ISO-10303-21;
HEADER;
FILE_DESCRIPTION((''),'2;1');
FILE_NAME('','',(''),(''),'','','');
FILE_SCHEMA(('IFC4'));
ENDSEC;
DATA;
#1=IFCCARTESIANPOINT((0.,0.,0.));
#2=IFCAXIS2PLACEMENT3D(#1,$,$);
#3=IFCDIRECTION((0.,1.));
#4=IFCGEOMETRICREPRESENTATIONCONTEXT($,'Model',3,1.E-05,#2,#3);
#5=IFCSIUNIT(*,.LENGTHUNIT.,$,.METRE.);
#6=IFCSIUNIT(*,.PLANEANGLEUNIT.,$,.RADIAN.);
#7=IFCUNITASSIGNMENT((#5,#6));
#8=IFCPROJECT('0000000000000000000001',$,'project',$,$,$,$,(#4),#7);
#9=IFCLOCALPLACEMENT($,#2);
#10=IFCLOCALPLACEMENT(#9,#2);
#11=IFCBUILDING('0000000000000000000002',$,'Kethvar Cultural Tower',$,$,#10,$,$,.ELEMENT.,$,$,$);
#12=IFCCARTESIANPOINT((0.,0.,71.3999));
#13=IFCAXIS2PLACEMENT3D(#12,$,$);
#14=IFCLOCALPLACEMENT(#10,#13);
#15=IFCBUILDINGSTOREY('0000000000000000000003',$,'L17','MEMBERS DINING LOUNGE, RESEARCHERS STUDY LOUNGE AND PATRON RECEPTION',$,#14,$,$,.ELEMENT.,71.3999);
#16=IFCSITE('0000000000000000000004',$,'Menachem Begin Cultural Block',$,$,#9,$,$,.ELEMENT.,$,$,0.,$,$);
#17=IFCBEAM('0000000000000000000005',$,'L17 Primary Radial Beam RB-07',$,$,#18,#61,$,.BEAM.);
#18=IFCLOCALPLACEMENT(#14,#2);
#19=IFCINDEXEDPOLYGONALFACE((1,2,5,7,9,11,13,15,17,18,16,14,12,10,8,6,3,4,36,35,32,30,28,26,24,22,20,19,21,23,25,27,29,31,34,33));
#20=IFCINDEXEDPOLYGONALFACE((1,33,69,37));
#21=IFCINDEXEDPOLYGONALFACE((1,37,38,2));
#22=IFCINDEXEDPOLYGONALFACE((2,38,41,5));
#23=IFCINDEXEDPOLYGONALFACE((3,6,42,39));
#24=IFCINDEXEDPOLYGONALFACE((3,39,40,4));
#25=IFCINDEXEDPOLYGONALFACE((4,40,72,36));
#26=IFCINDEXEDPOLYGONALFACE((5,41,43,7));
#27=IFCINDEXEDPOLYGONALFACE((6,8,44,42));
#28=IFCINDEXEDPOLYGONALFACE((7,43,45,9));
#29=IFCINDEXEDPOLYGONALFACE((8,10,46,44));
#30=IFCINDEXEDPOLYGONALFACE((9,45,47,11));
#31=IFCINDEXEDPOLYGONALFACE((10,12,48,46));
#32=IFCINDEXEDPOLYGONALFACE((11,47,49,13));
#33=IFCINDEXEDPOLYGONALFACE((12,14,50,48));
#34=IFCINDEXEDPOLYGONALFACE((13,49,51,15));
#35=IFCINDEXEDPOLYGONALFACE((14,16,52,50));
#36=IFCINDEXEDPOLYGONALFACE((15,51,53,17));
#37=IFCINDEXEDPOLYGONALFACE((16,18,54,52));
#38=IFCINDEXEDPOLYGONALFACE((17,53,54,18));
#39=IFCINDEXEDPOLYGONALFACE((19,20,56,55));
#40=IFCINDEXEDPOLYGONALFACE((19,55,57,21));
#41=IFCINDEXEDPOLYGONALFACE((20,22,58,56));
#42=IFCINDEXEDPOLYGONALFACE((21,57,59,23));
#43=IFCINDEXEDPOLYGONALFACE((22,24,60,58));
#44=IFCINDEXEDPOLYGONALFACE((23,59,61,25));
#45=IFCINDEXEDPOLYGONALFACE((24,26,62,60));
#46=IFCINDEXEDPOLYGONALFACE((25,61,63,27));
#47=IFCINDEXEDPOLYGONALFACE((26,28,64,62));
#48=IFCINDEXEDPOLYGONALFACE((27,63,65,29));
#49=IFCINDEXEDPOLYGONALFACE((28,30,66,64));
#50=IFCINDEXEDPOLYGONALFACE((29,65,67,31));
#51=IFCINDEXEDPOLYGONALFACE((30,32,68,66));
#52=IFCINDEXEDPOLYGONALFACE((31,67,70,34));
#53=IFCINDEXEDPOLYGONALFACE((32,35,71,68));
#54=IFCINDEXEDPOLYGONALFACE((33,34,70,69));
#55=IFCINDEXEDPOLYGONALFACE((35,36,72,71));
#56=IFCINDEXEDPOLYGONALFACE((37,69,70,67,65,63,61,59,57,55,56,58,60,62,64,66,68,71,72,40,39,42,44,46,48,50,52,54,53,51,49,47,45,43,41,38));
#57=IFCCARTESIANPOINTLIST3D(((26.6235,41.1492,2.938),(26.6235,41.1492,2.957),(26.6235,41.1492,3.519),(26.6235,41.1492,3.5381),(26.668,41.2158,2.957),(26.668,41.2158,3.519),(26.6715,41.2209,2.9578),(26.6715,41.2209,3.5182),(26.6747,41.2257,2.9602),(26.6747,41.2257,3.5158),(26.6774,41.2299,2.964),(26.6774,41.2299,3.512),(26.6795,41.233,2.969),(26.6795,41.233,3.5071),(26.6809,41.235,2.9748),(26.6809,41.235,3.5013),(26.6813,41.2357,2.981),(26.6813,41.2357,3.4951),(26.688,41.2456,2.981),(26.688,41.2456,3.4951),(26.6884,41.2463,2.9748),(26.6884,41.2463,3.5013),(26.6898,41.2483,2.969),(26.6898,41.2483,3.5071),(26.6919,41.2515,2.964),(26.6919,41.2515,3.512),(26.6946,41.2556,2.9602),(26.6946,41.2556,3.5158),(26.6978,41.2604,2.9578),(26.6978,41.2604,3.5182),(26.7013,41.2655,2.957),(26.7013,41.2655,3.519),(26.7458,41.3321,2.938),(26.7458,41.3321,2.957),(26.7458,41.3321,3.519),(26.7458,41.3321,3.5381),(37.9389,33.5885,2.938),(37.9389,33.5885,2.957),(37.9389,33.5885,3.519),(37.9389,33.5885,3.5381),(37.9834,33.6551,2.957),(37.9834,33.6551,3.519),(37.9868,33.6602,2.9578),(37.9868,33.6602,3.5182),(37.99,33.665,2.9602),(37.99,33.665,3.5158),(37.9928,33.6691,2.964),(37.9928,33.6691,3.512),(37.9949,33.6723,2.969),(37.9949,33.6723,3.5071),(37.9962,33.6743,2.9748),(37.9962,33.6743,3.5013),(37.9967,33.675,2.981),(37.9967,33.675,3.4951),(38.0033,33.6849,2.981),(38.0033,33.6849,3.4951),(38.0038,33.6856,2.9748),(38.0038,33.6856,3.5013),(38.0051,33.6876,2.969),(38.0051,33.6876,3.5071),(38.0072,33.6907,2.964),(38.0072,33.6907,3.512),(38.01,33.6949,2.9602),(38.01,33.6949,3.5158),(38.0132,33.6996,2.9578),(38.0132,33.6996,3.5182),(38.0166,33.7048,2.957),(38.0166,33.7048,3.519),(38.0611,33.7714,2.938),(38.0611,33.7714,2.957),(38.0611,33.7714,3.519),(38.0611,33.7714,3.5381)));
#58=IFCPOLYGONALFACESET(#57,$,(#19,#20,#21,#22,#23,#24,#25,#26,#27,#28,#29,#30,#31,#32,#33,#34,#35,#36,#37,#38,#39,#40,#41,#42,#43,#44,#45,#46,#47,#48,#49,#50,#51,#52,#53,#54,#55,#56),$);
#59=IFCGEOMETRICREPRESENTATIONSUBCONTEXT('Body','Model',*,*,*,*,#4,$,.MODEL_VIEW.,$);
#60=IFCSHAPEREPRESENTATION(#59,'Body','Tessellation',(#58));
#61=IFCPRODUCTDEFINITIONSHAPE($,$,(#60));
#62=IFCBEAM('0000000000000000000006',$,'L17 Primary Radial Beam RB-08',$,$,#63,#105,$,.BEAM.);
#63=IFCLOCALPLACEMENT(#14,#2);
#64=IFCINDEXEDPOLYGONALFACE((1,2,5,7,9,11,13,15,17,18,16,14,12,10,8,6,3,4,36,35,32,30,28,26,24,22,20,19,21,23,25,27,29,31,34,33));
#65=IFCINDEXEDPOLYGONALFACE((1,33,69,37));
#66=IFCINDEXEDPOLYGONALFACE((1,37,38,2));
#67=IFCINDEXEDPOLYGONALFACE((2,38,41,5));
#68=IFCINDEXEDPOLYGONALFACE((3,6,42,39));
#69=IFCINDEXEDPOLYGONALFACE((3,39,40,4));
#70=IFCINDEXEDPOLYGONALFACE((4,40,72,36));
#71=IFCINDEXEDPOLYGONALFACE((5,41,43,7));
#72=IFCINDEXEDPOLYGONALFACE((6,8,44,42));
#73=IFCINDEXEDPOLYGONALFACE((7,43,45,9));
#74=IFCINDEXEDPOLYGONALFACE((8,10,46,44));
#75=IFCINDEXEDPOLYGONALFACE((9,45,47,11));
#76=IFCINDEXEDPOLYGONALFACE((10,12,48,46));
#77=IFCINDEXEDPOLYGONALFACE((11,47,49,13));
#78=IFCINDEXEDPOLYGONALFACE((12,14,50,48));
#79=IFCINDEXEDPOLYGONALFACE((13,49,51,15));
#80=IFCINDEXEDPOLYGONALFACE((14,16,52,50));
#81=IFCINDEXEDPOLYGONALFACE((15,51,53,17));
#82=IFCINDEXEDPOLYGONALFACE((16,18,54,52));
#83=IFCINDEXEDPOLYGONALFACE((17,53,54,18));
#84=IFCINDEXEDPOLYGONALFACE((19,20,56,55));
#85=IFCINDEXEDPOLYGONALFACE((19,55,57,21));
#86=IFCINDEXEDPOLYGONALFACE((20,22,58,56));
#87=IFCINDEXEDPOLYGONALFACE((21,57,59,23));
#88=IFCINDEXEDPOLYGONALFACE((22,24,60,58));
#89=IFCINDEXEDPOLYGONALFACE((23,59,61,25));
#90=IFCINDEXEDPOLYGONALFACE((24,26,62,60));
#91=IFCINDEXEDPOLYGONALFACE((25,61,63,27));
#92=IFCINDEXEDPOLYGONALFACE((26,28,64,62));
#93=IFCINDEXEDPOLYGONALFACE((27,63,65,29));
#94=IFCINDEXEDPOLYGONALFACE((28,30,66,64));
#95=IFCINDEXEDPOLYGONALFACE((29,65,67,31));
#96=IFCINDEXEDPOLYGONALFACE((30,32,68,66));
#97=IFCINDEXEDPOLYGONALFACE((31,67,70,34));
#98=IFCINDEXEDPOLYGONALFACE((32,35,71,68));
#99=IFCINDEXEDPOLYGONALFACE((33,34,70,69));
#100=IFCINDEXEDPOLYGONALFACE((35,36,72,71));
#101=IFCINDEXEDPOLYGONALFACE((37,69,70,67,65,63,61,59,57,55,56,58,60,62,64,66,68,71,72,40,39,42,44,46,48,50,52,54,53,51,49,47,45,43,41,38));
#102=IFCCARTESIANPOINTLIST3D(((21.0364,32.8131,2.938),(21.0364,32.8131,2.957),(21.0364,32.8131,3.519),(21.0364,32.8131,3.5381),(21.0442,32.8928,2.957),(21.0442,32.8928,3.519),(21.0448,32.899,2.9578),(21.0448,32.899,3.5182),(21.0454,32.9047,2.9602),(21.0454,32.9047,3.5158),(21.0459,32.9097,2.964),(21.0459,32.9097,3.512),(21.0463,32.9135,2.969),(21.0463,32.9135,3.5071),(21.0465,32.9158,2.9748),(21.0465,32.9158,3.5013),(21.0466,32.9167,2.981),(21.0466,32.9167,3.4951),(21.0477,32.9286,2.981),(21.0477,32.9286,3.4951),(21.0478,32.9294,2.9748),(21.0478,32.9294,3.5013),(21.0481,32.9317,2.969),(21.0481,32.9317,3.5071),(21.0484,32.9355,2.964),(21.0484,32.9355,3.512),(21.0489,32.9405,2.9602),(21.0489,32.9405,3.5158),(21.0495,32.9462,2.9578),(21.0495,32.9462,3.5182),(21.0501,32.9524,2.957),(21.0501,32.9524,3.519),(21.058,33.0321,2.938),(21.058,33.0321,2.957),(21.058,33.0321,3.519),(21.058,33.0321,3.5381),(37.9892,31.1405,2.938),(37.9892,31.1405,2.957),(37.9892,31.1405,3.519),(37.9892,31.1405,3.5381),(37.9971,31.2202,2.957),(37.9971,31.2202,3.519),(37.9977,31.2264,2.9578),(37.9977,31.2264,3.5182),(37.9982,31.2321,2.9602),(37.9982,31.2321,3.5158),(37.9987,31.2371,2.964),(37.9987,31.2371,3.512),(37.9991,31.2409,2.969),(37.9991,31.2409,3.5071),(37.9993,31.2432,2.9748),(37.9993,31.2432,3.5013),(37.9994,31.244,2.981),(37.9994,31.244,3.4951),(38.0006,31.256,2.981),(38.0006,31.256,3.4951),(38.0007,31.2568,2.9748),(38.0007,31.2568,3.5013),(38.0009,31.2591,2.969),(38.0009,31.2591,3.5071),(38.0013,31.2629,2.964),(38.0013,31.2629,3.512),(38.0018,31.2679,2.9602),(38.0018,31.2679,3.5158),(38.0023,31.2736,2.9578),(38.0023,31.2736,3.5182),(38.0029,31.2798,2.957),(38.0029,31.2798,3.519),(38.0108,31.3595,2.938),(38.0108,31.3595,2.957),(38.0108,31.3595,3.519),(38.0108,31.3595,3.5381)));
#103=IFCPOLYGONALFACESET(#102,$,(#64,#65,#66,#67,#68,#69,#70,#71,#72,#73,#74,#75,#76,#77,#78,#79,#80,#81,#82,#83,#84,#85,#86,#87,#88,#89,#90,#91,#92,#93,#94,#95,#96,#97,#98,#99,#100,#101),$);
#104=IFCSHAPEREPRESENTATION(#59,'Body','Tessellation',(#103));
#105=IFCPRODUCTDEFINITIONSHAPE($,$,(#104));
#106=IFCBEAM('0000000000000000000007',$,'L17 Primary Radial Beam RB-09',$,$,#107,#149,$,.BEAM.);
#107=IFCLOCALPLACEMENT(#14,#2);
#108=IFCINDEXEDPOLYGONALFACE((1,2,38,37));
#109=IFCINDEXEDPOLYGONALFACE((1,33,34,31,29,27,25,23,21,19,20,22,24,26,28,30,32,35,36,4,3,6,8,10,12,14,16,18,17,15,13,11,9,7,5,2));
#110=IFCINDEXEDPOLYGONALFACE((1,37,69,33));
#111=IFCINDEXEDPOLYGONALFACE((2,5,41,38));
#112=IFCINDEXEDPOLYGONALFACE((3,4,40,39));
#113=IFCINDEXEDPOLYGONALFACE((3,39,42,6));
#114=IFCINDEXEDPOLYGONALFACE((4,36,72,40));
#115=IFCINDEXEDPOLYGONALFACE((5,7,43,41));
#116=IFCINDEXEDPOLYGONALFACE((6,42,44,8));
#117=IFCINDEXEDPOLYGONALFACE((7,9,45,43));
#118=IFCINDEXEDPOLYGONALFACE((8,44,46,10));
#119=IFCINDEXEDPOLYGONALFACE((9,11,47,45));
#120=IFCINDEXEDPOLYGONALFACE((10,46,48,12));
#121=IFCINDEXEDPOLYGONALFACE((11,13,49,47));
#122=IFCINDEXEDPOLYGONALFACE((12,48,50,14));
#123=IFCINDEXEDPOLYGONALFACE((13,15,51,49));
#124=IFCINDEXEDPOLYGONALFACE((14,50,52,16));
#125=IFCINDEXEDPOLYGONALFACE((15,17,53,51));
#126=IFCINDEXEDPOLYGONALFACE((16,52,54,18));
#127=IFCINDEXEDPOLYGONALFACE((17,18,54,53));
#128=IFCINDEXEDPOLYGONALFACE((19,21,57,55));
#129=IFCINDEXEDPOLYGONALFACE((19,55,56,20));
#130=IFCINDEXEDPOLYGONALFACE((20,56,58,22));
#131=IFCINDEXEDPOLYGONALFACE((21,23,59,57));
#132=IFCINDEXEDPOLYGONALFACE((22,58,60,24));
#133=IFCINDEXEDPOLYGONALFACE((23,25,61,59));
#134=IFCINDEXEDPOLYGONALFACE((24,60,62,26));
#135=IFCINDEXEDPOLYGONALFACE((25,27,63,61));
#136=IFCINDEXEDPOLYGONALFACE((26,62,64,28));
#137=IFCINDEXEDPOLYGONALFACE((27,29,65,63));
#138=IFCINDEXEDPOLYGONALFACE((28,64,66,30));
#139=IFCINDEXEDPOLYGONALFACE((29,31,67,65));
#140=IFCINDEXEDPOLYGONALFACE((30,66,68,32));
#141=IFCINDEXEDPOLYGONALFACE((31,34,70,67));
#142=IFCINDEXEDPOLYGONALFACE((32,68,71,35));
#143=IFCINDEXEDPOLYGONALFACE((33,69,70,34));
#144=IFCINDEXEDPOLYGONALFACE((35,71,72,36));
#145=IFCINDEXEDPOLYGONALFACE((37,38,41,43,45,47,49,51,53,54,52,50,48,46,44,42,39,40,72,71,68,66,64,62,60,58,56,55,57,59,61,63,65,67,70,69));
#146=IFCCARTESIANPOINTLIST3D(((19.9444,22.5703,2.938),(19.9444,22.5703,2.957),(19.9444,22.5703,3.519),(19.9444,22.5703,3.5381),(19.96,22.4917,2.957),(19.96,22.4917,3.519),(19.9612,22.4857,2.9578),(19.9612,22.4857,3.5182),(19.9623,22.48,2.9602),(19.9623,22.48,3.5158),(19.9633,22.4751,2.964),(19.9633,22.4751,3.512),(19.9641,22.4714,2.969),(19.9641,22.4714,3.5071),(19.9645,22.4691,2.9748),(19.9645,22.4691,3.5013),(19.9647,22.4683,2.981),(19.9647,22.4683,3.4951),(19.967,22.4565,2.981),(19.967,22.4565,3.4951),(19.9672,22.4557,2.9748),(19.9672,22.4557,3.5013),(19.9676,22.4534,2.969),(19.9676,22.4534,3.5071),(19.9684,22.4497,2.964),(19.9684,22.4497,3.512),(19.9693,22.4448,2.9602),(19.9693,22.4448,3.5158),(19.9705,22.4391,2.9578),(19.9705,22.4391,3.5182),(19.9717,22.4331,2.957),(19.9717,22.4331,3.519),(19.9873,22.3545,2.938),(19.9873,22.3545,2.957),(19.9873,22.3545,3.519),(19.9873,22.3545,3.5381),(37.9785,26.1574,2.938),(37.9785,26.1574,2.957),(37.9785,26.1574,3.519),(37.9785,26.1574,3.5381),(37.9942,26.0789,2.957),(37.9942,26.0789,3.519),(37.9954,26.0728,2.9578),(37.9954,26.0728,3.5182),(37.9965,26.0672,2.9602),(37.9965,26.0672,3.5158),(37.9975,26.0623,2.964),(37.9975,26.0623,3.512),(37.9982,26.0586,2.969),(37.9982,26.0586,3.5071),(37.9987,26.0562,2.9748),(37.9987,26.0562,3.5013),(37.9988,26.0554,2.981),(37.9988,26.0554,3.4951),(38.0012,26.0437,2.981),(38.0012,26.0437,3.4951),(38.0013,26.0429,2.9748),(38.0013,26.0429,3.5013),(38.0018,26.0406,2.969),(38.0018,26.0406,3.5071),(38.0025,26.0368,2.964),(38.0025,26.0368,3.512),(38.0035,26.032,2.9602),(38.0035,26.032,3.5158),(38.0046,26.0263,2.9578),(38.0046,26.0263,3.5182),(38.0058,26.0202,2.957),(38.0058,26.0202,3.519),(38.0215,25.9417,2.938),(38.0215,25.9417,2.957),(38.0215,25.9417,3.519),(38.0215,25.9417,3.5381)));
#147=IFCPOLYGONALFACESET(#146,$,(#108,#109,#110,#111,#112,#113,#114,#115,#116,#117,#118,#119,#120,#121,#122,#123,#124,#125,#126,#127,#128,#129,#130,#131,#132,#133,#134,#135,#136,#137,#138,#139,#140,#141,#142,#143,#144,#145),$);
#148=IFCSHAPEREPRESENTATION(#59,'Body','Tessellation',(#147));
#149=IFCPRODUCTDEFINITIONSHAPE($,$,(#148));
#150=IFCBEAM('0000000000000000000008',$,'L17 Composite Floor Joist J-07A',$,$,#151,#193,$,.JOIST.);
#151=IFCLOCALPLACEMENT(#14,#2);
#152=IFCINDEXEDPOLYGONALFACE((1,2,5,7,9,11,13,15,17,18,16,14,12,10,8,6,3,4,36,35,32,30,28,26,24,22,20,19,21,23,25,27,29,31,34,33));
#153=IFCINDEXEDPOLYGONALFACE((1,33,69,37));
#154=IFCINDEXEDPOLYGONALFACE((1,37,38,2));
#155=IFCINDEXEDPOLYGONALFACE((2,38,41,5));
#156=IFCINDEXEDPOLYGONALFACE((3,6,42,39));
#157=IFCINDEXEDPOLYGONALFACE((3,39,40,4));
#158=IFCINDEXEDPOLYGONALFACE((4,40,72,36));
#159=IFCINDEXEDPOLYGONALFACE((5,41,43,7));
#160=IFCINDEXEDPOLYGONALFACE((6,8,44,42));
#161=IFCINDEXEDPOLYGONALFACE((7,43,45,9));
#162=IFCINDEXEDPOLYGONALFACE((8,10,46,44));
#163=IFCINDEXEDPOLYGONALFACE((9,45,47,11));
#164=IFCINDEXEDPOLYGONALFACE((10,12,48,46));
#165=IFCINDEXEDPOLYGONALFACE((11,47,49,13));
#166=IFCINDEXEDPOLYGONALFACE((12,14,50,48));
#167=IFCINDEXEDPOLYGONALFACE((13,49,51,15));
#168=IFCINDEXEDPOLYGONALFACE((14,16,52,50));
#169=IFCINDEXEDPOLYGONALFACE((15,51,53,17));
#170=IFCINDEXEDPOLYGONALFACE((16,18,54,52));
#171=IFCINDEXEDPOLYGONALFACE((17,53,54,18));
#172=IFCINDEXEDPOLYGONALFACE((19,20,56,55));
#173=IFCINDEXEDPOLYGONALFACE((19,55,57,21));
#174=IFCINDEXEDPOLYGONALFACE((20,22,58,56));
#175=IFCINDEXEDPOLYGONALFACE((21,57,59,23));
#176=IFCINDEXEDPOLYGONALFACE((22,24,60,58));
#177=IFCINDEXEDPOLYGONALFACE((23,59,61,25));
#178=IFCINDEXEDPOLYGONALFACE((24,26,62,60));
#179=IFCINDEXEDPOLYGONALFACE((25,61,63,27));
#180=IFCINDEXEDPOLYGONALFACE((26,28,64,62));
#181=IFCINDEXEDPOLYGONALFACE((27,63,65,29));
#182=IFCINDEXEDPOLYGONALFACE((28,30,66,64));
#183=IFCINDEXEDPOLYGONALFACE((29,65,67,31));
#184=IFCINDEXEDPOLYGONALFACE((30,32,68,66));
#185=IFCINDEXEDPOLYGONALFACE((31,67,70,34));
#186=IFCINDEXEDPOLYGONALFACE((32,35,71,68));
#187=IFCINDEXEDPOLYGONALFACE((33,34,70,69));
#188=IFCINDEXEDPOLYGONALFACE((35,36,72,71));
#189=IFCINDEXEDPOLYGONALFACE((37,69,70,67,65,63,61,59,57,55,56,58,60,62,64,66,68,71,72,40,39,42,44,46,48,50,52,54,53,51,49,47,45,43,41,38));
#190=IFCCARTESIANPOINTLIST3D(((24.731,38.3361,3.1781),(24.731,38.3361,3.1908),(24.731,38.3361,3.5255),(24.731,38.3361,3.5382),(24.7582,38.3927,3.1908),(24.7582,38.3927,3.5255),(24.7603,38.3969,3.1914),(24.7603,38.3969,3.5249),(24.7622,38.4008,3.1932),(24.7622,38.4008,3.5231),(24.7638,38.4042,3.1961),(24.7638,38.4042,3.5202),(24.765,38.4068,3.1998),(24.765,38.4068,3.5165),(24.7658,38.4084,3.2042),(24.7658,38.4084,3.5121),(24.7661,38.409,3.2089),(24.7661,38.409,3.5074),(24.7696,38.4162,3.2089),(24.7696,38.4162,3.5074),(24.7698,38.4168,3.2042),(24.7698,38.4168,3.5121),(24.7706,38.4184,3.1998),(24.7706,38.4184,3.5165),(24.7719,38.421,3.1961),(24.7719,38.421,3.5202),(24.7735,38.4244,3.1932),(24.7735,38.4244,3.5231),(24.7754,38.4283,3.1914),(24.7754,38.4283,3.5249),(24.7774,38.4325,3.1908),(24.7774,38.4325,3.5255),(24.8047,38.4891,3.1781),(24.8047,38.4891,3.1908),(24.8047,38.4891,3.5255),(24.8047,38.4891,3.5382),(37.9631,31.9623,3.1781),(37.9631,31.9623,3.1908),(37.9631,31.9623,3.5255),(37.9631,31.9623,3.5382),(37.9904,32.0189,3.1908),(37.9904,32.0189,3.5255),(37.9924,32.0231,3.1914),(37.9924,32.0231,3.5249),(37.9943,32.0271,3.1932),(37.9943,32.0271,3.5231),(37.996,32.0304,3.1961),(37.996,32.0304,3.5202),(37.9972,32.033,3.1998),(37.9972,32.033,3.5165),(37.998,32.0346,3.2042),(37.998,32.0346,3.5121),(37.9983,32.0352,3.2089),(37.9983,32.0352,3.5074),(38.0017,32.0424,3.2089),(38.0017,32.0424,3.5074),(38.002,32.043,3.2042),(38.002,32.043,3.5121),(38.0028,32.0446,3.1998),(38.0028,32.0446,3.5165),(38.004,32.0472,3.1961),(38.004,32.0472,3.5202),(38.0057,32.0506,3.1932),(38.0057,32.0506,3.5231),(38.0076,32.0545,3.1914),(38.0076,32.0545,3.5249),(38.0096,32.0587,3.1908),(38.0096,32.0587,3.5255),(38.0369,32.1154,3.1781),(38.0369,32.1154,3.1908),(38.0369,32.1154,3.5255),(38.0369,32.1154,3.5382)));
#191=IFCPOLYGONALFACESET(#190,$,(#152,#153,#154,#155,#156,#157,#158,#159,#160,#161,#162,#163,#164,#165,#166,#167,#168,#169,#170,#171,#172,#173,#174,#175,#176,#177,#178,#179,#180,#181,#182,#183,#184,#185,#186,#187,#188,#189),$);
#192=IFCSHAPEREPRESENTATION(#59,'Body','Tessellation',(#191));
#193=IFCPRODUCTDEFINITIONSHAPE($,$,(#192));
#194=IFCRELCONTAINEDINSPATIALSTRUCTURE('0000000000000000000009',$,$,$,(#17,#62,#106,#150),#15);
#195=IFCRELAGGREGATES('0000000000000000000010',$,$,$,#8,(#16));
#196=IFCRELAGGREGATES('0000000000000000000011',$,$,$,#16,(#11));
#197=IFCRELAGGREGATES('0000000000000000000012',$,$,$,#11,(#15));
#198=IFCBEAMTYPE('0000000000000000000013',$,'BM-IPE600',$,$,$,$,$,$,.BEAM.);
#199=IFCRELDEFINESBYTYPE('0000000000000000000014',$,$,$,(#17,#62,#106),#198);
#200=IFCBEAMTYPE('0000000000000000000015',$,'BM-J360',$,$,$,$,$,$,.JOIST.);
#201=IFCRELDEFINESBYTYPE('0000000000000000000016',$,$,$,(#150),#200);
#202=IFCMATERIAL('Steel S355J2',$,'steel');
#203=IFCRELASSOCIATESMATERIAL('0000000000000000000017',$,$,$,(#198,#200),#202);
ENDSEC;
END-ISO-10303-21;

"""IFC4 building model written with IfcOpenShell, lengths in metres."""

from ifc_helpers import new_model, si_unit, direction, frame, origin, origin_2d, place, context, subcontext, project, spatial, i_section, extrude, source, transform, mapped, material, material_profile, profile_set, type_object, element, save


model = new_model("IFC4")

# Units and contexts
model_context = context("Model", 3, precision=1e-05, world=origin(), true_north=direction((0.0, 1.0)))
body_context = subcontext(model_context, "Body", "Model", "MODEL_VIEW")
ifc_project = project(units=[si_unit("LENGTHUNIT", "METRE"), si_unit("PLANEANGLEUNIT", "RADIAN")], contexts=[model_context])

# Site, building, storey
site_placement = place(None, origin())
site = spatial("IfcSite", under=ifc_project, at=site_placement, Name="Menachem Begin Cultural Block", CompositionType="ELEMENT", RefElevation=0.0)
building_placement = place(site_placement, origin())
building = spatial("IfcBuilding", under=site, at=building_placement, Name="Kethvar Cultural Tower", CompositionType="ELEMENT")
storey_placement = place(building_placement, frame((0.0, 0.0, 71.3999)))
storey = spatial("IfcBuildingStorey", under=building, at=storey_placement, Name="L17", Description="MEMBERS DINING LOUNGE, RESEARCHERS STUDY LOUNGE AND PATRON RECEPTION", CompositionType="ELEMENT", Elevation=71.3999)

# Beams
ifc_material_1 = material(Name="Steel S355J2", Category="steel")
ifc_material_profile_1 = material_profile(ifc_material_1, i_section(OverallWidth=0.22, OverallDepth=0.6001, WebThickness=0.012, FlangeThickness=0.019, FilletRadius=0.0239, at=origin_2d()), Name="Steel S355J2 — IPE600")
ifc_profile_set_1 = profile_set([ifc_material_profile_1], Name="Steel S355J2 — IPE600")
beam_type_1 = type_object("IfcBeamType", Name="BM-IPE600", PredefinedType="BEAM", material=ifc_profile_set_1)
shared_shape_1 = source(origin(), body_context, "Body", "SweptSolid", [
    extrude(i_section(OverallWidth=0.22, OverallDepth=0.6001, WebThickness=0.012, FlangeThickness=0.019, FilletRadius=0.0239, at=origin_2d()), origin(), (0.0, 0.0, 1.0), 13.6089),
])
beam_1_placement = place(storey_placement, frame((38.0, 33.6799, 3.238), z_axis=(-0.831467, 0.555573, 0.0), x_axis=(-0.555573, -0.831467, 0.0)))
element("IfcBeam", 1, at=beam_1_placement, inside=storey, type_object=beam_type_1, Name="L17 Primary Radial Beam RB-07", PredefinedType="BEAM", context=body_context, shape_type="MappedRepresentation", body=[
    mapped(shared_shape_1, transform((0.0, 0.0, 0.0), scale=1.0)),
])
shared_shape_2 = source(origin(), body_context, "Body", "SweptSolid", [
    extrude(i_section(OverallWidth=0.22, OverallDepth=0.6001, WebThickness=0.012, FlangeThickness=0.019, FilletRadius=0.0239, at=origin_2d()), origin(), (0.0, 0.0, 1.0), 17.0352),
])
beam_2_placement = place(storey_placement, frame((38.0, 31.25, 3.238), z_axis=(-0.995168, 0.098185, 0.0), x_axis=(-0.098185, -0.995168, 0.0)))
element("IfcBeam", 2, at=beam_2_placement, inside=storey, type_object=beam_type_1, Name="L17 Primary Radial Beam RB-08", PredefinedType="BEAM", context=body_context, shape_type="MappedRepresentation", body=[
    mapped(shared_shape_2, transform((0.0, 0.0, 0.0), scale=1.0)),
])
shared_shape_3 = source(origin(), body_context, "Body", "SweptSolid", [
    extrude(i_section(OverallWidth=0.22, OverallDepth=0.6001, WebThickness=0.012, FlangeThickness=0.019, FilletRadius=0.0239, at=origin_2d()), origin(), (0.0, 0.0, 1.0), 18.3875),
])
beam_3_placement = place(storey_placement, frame((38.0, 26.0496, 3.238), z_axis=(-0.980786, -0.195087, 0.0), x_axis=(0.195087, -0.980786, 0.0)))
element("IfcBeam", 3, at=beam_3_placement, inside=storey, type_object=beam_type_1, Name="L17 Primary Radial Beam RB-09", PredefinedType="BEAM", context=body_context, shape_type="MappedRepresentation", body=[
    mapped(shared_shape_3, transform((0.0, 0.0, 0.0), scale=1.0)),
])
ifc_material_profile_2 = material_profile(ifc_material_1, i_section(OverallWidth=0.1699, OverallDepth=0.3601, WebThickness=0.0081, FlangeThickness=0.0127, FilletRadius=0.0181, at=origin_2d()), Name="Steel S355J2 — IPE360")
ifc_profile_set_2 = profile_set([ifc_material_profile_2], Name="Steel S355J2 — IPE360")
beam_type_2 = type_object("IfcBeamType", Name="BM-J360", PredefinedType="JOIST", material=ifc_profile_set_2)
shared_shape_4 = source(origin(), body_context, "Body", "SweptSolid", [
    extrude(i_section(OverallWidth=0.1699, OverallDepth=0.3601, WebThickness=0.0081, FlangeThickness=0.0127, FilletRadius=0.0181, at=origin_2d()), origin(), (0.0, 0.0, 1.0), 14.6873),
])
beam_4_placement = place(storey_placement, frame((38.0, 32.0388, 3.3582), z_axis=(-0.900929, 0.433967, 0.0), x_axis=(-0.433967, -0.900929, 0.0)))
element("IfcBeam", 4, at=beam_4_placement, inside=storey, type_object=beam_type_2, Name="L17 Composite Floor Joist J-07A", PredefinedType="JOIST", context=body_context, shape_type="MappedRepresentation", body=[
    mapped(shared_shape_4, transform((0.0, 0.0, 0.0), scale=1.0)),
])

save(model, "model.ifc")
